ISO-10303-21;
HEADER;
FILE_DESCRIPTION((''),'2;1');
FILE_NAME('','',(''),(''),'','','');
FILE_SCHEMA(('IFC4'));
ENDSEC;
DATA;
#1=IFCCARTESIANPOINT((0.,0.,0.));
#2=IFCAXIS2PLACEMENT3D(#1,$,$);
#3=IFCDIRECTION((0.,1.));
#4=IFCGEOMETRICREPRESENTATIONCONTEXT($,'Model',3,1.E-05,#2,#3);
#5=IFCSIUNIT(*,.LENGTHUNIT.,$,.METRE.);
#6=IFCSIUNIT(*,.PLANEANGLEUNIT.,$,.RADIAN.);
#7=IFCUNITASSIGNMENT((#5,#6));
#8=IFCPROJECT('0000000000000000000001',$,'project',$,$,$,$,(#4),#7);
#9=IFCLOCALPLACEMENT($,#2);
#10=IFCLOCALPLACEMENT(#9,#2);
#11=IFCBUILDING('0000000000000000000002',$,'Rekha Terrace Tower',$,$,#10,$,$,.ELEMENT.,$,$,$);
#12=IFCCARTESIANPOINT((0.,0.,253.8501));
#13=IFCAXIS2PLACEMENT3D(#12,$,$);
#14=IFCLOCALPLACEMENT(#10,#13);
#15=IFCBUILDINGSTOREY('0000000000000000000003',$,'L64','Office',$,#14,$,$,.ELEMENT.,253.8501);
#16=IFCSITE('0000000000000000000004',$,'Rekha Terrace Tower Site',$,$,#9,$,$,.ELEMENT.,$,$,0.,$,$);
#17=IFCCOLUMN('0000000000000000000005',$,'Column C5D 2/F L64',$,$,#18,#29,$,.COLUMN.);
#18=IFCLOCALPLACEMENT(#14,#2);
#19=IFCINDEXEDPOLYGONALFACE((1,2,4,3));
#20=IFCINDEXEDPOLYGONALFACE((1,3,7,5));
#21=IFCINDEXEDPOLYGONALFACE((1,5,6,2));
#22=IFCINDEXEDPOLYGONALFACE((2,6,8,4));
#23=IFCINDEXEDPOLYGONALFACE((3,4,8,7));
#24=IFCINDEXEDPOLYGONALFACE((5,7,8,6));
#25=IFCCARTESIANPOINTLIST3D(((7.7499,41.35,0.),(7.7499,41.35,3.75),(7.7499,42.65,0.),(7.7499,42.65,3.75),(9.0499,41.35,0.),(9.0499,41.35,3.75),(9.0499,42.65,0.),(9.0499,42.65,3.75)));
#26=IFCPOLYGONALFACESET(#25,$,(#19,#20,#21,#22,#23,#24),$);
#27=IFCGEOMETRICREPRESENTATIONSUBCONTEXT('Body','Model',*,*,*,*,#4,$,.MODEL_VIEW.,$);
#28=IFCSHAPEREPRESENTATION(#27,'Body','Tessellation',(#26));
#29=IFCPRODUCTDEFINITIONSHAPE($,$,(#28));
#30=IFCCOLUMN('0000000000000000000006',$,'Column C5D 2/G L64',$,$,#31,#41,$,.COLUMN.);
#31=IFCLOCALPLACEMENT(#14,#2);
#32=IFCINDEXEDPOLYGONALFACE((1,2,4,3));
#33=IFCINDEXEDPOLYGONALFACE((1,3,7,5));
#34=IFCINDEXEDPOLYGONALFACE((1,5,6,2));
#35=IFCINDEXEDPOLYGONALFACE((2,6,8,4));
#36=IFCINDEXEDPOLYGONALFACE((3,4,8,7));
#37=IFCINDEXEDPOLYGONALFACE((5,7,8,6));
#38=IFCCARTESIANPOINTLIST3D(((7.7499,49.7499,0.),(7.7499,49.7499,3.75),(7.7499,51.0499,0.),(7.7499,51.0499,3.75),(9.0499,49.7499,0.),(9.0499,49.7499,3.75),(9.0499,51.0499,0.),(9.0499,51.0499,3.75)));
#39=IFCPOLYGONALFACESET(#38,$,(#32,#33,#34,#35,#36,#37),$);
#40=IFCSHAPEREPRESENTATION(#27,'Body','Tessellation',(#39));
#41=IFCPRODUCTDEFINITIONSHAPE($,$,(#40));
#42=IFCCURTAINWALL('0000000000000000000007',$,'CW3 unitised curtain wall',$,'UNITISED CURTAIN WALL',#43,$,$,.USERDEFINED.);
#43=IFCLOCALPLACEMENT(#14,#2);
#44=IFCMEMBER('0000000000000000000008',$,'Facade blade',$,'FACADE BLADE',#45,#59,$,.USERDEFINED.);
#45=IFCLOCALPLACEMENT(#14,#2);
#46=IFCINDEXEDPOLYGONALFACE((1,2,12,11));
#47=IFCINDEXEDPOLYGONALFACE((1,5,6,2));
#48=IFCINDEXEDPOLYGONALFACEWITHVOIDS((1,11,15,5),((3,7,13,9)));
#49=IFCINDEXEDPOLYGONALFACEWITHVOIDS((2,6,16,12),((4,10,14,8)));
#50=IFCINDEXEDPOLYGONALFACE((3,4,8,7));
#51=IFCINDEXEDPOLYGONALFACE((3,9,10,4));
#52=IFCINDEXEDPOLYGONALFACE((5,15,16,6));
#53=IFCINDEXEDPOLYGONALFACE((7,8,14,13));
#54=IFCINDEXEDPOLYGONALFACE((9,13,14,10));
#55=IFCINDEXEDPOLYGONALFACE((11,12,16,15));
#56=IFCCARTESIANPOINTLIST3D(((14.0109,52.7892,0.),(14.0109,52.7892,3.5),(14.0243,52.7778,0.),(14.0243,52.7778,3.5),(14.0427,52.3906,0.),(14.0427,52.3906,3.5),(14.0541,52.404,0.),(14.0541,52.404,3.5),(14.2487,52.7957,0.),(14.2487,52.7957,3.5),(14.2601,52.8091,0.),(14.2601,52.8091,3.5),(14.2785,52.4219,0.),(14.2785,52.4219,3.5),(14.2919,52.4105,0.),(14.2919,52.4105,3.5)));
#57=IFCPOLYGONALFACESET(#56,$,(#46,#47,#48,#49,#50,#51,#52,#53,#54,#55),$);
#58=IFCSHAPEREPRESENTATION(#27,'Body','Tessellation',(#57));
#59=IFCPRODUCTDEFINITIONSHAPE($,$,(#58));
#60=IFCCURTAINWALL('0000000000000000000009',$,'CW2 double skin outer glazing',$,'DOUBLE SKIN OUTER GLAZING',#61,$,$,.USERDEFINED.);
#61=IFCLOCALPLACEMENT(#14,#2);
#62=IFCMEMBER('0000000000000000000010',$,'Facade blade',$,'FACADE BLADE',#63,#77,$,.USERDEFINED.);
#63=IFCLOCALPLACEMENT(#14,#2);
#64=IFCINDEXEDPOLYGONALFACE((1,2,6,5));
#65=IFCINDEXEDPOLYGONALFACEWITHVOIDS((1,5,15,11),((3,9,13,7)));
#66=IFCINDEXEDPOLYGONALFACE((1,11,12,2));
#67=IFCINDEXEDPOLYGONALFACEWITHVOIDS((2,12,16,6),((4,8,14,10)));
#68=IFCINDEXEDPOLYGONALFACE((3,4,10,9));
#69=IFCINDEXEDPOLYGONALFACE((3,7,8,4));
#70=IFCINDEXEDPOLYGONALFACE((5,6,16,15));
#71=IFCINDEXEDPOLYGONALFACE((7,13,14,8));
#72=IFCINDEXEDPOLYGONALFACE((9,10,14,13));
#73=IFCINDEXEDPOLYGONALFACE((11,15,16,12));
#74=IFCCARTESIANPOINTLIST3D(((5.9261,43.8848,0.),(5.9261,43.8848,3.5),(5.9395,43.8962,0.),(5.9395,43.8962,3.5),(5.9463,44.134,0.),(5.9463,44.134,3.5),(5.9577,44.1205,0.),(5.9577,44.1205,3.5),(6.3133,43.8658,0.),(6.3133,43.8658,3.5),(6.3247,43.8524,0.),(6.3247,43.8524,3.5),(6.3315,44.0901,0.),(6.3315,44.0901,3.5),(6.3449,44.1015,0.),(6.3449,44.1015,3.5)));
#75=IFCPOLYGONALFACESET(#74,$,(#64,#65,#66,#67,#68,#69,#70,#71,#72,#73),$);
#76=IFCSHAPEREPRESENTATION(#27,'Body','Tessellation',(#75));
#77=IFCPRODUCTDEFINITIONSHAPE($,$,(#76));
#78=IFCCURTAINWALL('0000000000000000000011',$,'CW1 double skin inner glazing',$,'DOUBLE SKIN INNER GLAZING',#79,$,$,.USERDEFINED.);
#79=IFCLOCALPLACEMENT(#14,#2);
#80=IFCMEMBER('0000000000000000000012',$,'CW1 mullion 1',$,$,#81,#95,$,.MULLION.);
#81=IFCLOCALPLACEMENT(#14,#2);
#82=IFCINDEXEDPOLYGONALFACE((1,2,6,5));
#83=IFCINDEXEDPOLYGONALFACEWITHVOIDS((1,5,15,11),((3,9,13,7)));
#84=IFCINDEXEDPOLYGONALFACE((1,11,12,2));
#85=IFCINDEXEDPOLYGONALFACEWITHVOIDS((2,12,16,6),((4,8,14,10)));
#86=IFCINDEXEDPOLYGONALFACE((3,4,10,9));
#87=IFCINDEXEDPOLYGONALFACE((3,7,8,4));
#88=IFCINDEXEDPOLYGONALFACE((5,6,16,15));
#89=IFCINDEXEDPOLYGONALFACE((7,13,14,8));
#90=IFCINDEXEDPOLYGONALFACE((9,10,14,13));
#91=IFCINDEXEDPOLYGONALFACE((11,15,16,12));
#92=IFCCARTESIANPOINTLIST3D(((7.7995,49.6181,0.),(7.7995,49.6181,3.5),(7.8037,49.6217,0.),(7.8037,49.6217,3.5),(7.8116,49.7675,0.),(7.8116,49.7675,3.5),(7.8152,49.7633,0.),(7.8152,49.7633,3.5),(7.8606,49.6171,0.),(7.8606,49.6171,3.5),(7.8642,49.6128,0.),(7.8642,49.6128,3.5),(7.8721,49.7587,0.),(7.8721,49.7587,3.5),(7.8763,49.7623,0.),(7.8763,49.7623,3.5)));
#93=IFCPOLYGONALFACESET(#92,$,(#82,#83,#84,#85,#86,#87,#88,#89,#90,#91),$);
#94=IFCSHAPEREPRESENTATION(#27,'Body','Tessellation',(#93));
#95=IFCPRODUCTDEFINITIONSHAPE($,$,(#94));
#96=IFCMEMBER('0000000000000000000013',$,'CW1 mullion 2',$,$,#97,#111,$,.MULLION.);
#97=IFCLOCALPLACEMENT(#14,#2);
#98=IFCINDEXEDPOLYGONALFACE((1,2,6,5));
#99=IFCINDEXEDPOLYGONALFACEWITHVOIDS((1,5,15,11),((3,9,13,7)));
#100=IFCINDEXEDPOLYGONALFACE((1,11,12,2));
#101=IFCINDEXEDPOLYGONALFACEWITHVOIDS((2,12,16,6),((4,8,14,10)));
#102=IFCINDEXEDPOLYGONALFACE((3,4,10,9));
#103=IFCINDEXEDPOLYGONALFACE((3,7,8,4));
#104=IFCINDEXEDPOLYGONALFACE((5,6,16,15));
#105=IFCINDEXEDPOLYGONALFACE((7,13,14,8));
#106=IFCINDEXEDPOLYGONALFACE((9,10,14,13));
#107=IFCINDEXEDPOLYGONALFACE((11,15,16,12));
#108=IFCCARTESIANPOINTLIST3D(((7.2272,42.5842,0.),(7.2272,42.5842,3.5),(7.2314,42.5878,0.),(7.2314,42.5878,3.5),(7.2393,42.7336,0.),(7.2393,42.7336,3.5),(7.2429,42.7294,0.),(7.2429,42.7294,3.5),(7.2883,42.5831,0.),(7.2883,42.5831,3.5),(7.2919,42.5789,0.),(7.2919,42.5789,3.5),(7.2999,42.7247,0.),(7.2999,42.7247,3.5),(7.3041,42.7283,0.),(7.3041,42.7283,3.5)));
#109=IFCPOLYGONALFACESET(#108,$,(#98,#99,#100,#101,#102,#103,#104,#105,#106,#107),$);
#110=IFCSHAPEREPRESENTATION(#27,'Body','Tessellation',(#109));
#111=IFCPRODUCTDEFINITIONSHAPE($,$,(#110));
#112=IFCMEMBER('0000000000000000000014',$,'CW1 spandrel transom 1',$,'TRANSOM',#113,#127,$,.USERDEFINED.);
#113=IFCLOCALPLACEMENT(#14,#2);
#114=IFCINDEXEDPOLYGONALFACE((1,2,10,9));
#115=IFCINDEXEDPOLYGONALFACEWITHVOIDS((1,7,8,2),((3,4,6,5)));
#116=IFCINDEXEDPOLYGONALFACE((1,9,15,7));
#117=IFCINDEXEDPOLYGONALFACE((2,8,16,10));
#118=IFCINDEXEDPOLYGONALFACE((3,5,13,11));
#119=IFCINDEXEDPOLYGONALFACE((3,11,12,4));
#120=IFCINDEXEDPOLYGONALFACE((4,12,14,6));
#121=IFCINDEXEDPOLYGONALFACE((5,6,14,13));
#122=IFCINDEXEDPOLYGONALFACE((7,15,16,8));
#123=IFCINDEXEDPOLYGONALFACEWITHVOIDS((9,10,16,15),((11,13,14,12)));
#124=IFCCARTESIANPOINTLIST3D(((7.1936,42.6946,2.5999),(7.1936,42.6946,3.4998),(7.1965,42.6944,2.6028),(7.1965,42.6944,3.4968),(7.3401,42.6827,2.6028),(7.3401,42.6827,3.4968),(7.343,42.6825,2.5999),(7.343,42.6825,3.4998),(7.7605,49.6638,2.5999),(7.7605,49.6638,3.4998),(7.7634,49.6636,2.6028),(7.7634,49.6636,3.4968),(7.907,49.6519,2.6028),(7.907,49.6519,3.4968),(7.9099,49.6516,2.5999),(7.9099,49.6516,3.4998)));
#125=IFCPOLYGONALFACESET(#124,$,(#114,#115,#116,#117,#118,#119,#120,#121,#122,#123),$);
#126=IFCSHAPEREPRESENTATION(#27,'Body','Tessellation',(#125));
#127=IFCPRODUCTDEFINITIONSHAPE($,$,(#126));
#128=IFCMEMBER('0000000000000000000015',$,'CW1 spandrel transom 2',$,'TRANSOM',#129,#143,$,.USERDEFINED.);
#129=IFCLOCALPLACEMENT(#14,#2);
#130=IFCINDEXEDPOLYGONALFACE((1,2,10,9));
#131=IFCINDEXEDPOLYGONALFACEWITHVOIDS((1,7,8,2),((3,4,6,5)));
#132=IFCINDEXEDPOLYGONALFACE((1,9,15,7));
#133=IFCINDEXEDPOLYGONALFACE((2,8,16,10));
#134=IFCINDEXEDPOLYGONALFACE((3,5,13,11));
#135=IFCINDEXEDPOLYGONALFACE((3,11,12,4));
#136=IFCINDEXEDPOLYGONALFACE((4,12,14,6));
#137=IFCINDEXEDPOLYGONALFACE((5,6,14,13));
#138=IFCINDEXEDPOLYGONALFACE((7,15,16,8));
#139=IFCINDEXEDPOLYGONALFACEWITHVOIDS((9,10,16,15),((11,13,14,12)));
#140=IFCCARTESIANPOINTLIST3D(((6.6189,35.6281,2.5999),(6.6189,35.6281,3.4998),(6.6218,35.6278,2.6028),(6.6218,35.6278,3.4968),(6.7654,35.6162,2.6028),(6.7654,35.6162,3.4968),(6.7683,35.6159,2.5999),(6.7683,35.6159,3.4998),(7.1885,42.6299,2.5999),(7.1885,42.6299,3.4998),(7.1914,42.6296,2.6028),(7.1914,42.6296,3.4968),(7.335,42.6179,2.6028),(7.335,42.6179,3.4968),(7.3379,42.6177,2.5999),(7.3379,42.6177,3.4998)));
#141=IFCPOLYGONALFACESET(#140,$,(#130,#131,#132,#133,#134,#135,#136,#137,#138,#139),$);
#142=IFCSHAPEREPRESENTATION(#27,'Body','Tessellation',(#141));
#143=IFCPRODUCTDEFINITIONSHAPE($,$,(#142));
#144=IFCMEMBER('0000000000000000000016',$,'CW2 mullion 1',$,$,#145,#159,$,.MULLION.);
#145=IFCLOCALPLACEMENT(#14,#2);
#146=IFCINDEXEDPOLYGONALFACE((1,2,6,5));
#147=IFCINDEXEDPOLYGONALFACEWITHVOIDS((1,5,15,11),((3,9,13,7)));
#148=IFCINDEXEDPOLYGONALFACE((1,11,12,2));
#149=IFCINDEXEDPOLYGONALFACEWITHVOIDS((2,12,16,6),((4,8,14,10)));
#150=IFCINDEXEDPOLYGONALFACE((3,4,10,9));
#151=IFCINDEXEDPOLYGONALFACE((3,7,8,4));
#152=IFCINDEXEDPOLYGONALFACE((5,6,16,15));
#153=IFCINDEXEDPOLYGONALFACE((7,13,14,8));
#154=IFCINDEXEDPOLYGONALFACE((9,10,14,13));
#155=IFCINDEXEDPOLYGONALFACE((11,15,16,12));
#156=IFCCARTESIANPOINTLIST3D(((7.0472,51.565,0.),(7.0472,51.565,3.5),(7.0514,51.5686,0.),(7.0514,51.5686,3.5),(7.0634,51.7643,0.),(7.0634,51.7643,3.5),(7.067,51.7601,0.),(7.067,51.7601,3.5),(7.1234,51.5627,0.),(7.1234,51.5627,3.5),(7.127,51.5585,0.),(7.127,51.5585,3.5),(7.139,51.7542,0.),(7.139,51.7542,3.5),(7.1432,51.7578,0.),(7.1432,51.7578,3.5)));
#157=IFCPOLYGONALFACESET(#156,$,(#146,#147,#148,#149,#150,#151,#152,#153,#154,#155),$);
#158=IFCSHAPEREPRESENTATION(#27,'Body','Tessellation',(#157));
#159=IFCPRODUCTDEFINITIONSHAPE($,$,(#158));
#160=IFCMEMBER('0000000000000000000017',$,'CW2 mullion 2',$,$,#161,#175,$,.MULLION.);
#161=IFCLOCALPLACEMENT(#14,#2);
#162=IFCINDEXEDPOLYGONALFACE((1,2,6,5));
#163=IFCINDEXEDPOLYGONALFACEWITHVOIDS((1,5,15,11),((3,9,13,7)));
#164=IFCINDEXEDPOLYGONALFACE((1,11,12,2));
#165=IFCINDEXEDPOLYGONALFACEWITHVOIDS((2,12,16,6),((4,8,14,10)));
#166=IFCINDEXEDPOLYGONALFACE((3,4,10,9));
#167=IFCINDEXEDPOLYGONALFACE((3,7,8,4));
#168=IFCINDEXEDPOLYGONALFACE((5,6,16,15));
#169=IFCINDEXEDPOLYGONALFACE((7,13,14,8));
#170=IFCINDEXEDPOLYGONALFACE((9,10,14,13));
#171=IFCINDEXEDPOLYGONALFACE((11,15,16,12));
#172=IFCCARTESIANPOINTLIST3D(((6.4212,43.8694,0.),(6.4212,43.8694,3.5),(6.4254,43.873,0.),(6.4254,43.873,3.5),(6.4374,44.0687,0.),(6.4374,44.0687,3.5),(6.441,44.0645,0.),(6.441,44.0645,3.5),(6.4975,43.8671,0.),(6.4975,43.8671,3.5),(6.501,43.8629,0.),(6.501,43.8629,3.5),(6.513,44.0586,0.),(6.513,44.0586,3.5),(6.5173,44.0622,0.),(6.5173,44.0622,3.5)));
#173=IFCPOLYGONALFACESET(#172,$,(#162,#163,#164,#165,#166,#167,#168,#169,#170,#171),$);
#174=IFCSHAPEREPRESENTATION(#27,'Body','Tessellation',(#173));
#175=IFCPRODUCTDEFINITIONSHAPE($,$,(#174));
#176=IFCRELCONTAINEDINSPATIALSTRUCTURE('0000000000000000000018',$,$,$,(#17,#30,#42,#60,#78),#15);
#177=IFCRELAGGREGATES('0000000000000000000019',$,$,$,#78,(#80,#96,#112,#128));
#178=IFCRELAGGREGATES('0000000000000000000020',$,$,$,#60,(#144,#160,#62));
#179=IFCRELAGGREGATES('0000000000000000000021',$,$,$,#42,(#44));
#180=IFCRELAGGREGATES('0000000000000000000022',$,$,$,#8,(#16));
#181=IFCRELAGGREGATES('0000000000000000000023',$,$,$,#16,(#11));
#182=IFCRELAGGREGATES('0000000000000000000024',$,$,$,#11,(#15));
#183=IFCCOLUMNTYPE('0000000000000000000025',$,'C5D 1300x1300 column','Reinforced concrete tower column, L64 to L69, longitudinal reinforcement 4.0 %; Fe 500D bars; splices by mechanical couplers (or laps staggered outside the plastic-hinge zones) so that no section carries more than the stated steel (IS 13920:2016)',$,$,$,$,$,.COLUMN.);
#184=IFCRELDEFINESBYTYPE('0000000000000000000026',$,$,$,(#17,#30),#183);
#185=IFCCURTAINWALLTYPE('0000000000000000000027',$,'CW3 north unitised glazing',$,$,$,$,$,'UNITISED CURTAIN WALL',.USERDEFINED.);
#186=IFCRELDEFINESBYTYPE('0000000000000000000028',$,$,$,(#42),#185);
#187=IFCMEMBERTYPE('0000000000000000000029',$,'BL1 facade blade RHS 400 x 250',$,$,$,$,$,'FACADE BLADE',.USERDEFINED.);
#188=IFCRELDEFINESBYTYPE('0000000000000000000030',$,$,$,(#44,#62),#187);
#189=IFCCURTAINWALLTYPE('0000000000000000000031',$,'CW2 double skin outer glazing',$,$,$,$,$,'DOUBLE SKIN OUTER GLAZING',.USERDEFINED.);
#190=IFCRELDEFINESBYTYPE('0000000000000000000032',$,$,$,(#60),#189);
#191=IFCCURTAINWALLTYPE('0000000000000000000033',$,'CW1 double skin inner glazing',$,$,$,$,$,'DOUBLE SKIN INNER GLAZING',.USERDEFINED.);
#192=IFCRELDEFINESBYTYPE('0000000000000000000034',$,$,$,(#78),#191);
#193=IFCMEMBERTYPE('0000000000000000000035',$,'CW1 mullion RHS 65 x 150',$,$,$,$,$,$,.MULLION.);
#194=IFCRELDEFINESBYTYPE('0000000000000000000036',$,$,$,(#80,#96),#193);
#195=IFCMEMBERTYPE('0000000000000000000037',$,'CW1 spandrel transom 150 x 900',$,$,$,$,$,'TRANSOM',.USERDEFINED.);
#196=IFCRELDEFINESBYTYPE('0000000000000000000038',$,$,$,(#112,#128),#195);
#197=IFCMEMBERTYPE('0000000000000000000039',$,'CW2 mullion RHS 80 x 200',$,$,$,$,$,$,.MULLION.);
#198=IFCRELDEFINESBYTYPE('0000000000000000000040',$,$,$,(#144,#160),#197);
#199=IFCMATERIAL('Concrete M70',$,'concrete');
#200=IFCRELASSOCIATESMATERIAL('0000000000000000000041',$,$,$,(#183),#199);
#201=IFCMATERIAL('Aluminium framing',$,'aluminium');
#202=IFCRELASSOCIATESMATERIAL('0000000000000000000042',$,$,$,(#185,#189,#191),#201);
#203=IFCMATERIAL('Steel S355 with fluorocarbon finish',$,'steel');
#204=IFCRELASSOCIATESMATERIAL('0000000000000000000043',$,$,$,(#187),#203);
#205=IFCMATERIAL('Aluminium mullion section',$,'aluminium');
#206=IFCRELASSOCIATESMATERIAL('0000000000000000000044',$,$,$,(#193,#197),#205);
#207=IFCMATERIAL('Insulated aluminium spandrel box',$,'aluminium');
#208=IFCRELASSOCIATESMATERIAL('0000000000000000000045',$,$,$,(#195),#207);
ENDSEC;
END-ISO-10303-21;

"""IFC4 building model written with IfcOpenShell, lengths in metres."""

from ifc_helpers import new_model, si_unit, direction, frame, origin, origin_2d, place, context, subcontext, project, spatial, rectangle, hollow_rectangle, extrude, material, material_profile, profile_set, type_object, element, aggregate, save


model = new_model("IFC4")

# Units and contexts
model_context = context("Model", 3, precision=1e-05, world=origin(), true_north=direction((0.0, 1.0)))
body_context = subcontext(model_context, "Body", "Model", "MODEL_VIEW")
ifc_project = project(units=[si_unit("LENGTHUNIT", "METRE"), si_unit("PLANEANGLEUNIT", "RADIAN")], contexts=[model_context])

# Site, building, storey
site_placement = place(None, origin())
site = spatial("IfcSite", under=ifc_project, at=site_placement, Name="Rekha Terrace Tower Site", CompositionType="ELEMENT", RefElevation=0.0)
building_placement = place(site_placement, origin())
building = spatial("IfcBuilding", under=site, at=building_placement, Name="Rekha Terrace Tower", CompositionType="ELEMENT")
storey_placement = place(building_placement, frame((0.0, 0.0, 253.8501)))
storey = spatial("IfcBuildingStorey", under=building, at=storey_placement, Name="L64", Description="Office", CompositionType="ELEMENT", Elevation=253.8501)

# Columns
ifc_material_1 = material(Name="Concrete M70", Category="concrete")
ifc_material_profile_1 = material_profile(ifc_material_1, rectangle(XDim=1.3, YDim=1.3, at=origin_2d()), Name="RC 1300x1300")
ifc_profile_set_1 = profile_set([ifc_material_profile_1], Name="Concrete M70")
column_type = type_object("IfcColumnType", Name="C5D 1300x1300 column", Description="Reinforced concrete tower column, L64 to L69, longitudinal reinforcement 4.0 %; Fe 500D bars; splices by mechanical couplers (or laps staggered outside the plastic-hinge zones) so that no section carries more than the stated steel (IS 13920:2016)", PredefinedType="COLUMN", material=ifc_profile_set_1)
for number, where, z_axis, x_axis, name in (
    (1, (8.3999, 42.0, 0.0), (0.0, 0.0, 1.0), (1.0, 0.0, 0.0), "Column C5D 2/F L64"),
    (2, (8.3999, 50.3999, 0.0), (0.0, 0.0, 1.0), (1.0, 0.0, 0.0), "Column C5D 2/G L64"),
):
    element("IfcColumn", number, at=place(storey_placement, frame(where, z_axis=z_axis, x_axis=x_axis)), inside=storey, type_object=column_type, Name=name, PredefinedType="COLUMN", context=body_context, shape_type="SweptSolid", body=[
        extrude(rectangle(XDim=1.3, YDim=1.3, at=origin_2d()), origin(), (0.0, 0.0, 1.0), 3.75),
    ])

# Curtain walls, members
ifc_material_2 = material(Name="Aluminium framing", Category="aluminium")
curtain_wall_type_1 = type_object("IfcCurtainWallType", Name="CW3 north unitised glazing", ElementType="UNITISED CURTAIN WALL", PredefinedType="USERDEFINED", material=ifc_material_2)
curtain_wall_1_placement = place(storey_placement, origin())
curtain_wall_1 = element("IfcCurtainWall", 3, at=curtain_wall_1_placement, inside=storey, type_object=curtain_wall_type_1, Name="CW3 unitised curtain wall", ObjectType="UNITISED CURTAIN WALL", PredefinedType="USERDEFINED")
ifc_material_3 = material(Name="Steel S355 with fluorocarbon finish", Category="steel")
ifc_material_profile_2 = material_profile(ifc_material_3, hollow_rectangle(XDim=0.25, YDim=0.3999, WallThickness=0.0125, at=origin_2d()), Name="RHS400x250x12.5")
ifc_profile_set_2 = profile_set([ifc_material_profile_2], Name="Steel S355 with fluorocarbon finish")
member_type_1 = type_object("IfcMemberType", Name="BL1 facade blade RHS 400 x 250", ElementType="FACADE BLADE", PredefinedType="USERDEFINED", material=ifc_profile_set_2)
member_1_placement = place(storey_placement, frame((14.1514, 52.5999, 0.0), z_axis=(0.0, 0.0, 1.0), x_axis=(-0.996836, -0.079486, 0.0)))
member_1 = element("IfcMember", 4, at=member_1_placement, type_object=member_type_1, Name="Facade blade", ObjectType="FACADE BLADE", PredefinedType="USERDEFINED", context=body_context, shape_type="SweptSolid", body=[
    extrude(hollow_rectangle(XDim=0.25, YDim=0.3999, WallThickness=0.0125, at=origin_2d()), origin(), (0.0, 0.0, 1.0), 3.5),
])
curtain_wall_type_2 = type_object("IfcCurtainWallType", Name="CW2 double skin outer glazing", ElementType="DOUBLE SKIN OUTER GLAZING", PredefinedType="USERDEFINED", material=ifc_material_2)
curtain_wall_2_placement = place(storey_placement, origin())
curtain_wall_2 = element("IfcCurtainWall", 5, at=curtain_wall_2_placement, inside=storey, type_object=curtain_wall_type_2, Name="CW2 double skin outer glazing", ObjectType="DOUBLE SKIN OUTER GLAZING", PredefinedType="USERDEFINED")
member_2_placement = place(storey_placement, frame((6.1355, 43.9932, 0.0), z_axis=(0.0, 0.0, 1.0), x_axis=(-0.081069, -0.996709, 0.0)))
member_2 = element("IfcMember", 6, at=member_2_placement, type_object=member_type_1, Name="Facade blade", ObjectType="FACADE BLADE", PredefinedType="USERDEFINED", context=body_context, shape_type="SweptSolid", body=[
    extrude(hollow_rectangle(XDim=0.25, YDim=0.3999, WallThickness=0.0125, at=origin_2d()), origin(), (0.0, 0.0, 1.0), 3.5),
])

# Curtain wall, members
curtain_wall_type_3 = type_object("IfcCurtainWallType", Name="CW1 double skin inner glazing", ElementType="DOUBLE SKIN INNER GLAZING", PredefinedType="USERDEFINED", material=ifc_material_2)
curtain_wall_3_placement = place(storey_placement, origin())
curtain_wall_3 = element("IfcCurtainWall", 7, at=curtain_wall_3_placement, inside=storey, type_object=curtain_wall_type_3, Name="CW1 double skin inner glazing", ObjectType="DOUBLE SKIN INNER GLAZING", PredefinedType="USERDEFINED")
ifc_material_4 = material(Name="Aluminium mullion section", Category="aluminium")
ifc_material_profile_3 = material_profile(ifc_material_4, hollow_rectangle(XDim=0.0649, YDim=0.1499, WallThickness=0.0039, at=origin_2d()), Name="AL RHS 65x150")
ifc_profile_set_3 = profile_set([ifc_material_profile_3], Name="Aluminium mullion section")
member_type_2 = type_object("IfcMemberType", Name="CW1 mullion RHS 65 x 150", PredefinedType="MULLION", material=ifc_profile_set_3)
member_3_placement = place(storey_placement, frame((7.8379, 49.6902, 0.0), z_axis=(0.0, 0.0, 1.0), x_axis=(0.996709, -0.081068, 0.0)))
member_3 = element("IfcMember", 8, at=member_3_placement, type_object=member_type_2, Name="CW1 mullion 1", PredefinedType="MULLION", context=body_context, shape_type="SweptSolid", body=[
    extrude(hollow_rectangle(XDim=0.0649, YDim=0.1499, WallThickness=0.0039, at=origin_2d()), origin(), (0.0, 0.0, 1.0), 3.5),
])
member_4_placement = place(storey_placement, frame((7.2656, 42.6562, 0.0), z_axis=(0.0, 0.0, 1.0), x_axis=(0.996709, -0.081068, 0.0)))
member_4 = element("IfcMember", 9, at=member_4_placement, type_object=member_type_2, Name="CW1 mullion 2", PredefinedType="MULLION", context=body_context, shape_type="SweptSolid", body=[
    extrude(hollow_rectangle(XDim=0.0649, YDim=0.1499, WallThickness=0.0039, at=origin_2d()), origin(), (0.0, 0.0, 1.0), 3.5),
])
ifc_material_5 = material(Name="Insulated aluminium spandrel box", Category="aluminium")
ifc_material_profile_4 = material_profile(ifc_material_5, hollow_rectangle(XDim=0.1499, YDim=0.8999, WallThickness=0.0029, at=origin_2d()), Name="AL SPANDREL BOX 150x900")
ifc_profile_set_4 = profile_set([ifc_material_profile_4], Name="Insulated aluminium spandrel box")
member_type_3 = type_object("IfcMemberType", Name="CW1 spandrel transom 150 x 900", ElementType="TRANSOM", PredefinedType="USERDEFINED", material=ifc_profile_set_4)
member_5_placement = place(storey_placement, frame((7.8352, 49.6577, 3.0498), z_axis=(-0.081075, -0.996708, 0.0), x_axis=(0.996708, -0.081075, 0.0)))
member_5 = element("IfcMember", 10, at=member_5_placement, type_object=member_type_3, Name="CW1 spandrel transom 1", ObjectType="TRANSOM", PredefinedType="USERDEFINED", context=body_context, shape_type="SweptSolid", body=[
    extrude(hollow_rectangle(XDim=0.1499, YDim=0.8999, WallThickness=0.0029, at=origin_2d()), origin(), (0.0, 0.0, 1.0), 6.9922),
])
member_6_placement = place(storey_placement, frame((7.2632, 42.6238, 3.0498), z_axis=(-0.081081, -0.996708, 0.0), x_axis=(0.996708, -0.081081, 0.0)))
member_6 = element("IfcMember", 11, at=member_6_placement, type_object=member_type_3, Name="CW1 spandrel transom 2", ObjectType="TRANSOM", PredefinedType="USERDEFINED", context=body_context, shape_type="SweptSolid", body=[
    extrude(hollow_rectangle(XDim=0.1499, YDim=0.8999, WallThickness=0.0029, at=origin_2d()), origin(), (0.0, 0.0, 1.0), 7.0249),
])

# Members
ifc_material_profile_5 = material_profile(ifc_material_4, hollow_rectangle(XDim=0.0801, YDim=0.2, WallThickness=0.0039, at=origin_2d()), Name="AL RHS 80x200")
ifc_profile_set_5 = profile_set([ifc_material_profile_5], Name="Aluminium mullion section")
member_type_4 = type_object("IfcMemberType", Name="CW2 mullion RHS 80 x 200", PredefinedType="MULLION", material=ifc_profile_set_5)
member_7_placement = place(storey_placement, frame((7.0952, 51.6614, 0.0), z_axis=(0.0, 0.0, 1.0), x_axis=(0.996709, -0.081068, 0.0)))
member_7 = element("IfcMember", 12, at=member_7_placement, type_object=member_type_4, Name="CW2 mullion 1", PredefinedType="MULLION", context=body_context, shape_type="SweptSolid", body=[
    extrude(hollow_rectangle(XDim=0.0801, YDim=0.2, WallThickness=0.0039, at=origin_2d()), origin(), (0.0, 0.0, 1.0), 3.5),
])
member_8_placement = place(storey_placement, frame((6.4692, 43.9658, 0.0), z_axis=(0.0, 0.0, 1.0), x_axis=(0.996709, -0.081068, 0.0)))
member_8 = element("IfcMember", 13, at=member_8_placement, type_object=member_type_4, Name="CW2 mullion 2", PredefinedType="MULLION", context=body_context, shape_type="SweptSolid", body=[
    extrude(hollow_rectangle(XDim=0.0801, YDim=0.2, WallThickness=0.0039, at=origin_2d()), origin(), (0.0, 0.0, 1.0), 3.5),
])

aggregate(curtain_wall_3, [member_3, member_4, member_5, member_6])
aggregate(curtain_wall_2, [member_7, member_8, member_2])
aggregate(curtain_wall_1, [member_1])

save(model, "model.ifc")
